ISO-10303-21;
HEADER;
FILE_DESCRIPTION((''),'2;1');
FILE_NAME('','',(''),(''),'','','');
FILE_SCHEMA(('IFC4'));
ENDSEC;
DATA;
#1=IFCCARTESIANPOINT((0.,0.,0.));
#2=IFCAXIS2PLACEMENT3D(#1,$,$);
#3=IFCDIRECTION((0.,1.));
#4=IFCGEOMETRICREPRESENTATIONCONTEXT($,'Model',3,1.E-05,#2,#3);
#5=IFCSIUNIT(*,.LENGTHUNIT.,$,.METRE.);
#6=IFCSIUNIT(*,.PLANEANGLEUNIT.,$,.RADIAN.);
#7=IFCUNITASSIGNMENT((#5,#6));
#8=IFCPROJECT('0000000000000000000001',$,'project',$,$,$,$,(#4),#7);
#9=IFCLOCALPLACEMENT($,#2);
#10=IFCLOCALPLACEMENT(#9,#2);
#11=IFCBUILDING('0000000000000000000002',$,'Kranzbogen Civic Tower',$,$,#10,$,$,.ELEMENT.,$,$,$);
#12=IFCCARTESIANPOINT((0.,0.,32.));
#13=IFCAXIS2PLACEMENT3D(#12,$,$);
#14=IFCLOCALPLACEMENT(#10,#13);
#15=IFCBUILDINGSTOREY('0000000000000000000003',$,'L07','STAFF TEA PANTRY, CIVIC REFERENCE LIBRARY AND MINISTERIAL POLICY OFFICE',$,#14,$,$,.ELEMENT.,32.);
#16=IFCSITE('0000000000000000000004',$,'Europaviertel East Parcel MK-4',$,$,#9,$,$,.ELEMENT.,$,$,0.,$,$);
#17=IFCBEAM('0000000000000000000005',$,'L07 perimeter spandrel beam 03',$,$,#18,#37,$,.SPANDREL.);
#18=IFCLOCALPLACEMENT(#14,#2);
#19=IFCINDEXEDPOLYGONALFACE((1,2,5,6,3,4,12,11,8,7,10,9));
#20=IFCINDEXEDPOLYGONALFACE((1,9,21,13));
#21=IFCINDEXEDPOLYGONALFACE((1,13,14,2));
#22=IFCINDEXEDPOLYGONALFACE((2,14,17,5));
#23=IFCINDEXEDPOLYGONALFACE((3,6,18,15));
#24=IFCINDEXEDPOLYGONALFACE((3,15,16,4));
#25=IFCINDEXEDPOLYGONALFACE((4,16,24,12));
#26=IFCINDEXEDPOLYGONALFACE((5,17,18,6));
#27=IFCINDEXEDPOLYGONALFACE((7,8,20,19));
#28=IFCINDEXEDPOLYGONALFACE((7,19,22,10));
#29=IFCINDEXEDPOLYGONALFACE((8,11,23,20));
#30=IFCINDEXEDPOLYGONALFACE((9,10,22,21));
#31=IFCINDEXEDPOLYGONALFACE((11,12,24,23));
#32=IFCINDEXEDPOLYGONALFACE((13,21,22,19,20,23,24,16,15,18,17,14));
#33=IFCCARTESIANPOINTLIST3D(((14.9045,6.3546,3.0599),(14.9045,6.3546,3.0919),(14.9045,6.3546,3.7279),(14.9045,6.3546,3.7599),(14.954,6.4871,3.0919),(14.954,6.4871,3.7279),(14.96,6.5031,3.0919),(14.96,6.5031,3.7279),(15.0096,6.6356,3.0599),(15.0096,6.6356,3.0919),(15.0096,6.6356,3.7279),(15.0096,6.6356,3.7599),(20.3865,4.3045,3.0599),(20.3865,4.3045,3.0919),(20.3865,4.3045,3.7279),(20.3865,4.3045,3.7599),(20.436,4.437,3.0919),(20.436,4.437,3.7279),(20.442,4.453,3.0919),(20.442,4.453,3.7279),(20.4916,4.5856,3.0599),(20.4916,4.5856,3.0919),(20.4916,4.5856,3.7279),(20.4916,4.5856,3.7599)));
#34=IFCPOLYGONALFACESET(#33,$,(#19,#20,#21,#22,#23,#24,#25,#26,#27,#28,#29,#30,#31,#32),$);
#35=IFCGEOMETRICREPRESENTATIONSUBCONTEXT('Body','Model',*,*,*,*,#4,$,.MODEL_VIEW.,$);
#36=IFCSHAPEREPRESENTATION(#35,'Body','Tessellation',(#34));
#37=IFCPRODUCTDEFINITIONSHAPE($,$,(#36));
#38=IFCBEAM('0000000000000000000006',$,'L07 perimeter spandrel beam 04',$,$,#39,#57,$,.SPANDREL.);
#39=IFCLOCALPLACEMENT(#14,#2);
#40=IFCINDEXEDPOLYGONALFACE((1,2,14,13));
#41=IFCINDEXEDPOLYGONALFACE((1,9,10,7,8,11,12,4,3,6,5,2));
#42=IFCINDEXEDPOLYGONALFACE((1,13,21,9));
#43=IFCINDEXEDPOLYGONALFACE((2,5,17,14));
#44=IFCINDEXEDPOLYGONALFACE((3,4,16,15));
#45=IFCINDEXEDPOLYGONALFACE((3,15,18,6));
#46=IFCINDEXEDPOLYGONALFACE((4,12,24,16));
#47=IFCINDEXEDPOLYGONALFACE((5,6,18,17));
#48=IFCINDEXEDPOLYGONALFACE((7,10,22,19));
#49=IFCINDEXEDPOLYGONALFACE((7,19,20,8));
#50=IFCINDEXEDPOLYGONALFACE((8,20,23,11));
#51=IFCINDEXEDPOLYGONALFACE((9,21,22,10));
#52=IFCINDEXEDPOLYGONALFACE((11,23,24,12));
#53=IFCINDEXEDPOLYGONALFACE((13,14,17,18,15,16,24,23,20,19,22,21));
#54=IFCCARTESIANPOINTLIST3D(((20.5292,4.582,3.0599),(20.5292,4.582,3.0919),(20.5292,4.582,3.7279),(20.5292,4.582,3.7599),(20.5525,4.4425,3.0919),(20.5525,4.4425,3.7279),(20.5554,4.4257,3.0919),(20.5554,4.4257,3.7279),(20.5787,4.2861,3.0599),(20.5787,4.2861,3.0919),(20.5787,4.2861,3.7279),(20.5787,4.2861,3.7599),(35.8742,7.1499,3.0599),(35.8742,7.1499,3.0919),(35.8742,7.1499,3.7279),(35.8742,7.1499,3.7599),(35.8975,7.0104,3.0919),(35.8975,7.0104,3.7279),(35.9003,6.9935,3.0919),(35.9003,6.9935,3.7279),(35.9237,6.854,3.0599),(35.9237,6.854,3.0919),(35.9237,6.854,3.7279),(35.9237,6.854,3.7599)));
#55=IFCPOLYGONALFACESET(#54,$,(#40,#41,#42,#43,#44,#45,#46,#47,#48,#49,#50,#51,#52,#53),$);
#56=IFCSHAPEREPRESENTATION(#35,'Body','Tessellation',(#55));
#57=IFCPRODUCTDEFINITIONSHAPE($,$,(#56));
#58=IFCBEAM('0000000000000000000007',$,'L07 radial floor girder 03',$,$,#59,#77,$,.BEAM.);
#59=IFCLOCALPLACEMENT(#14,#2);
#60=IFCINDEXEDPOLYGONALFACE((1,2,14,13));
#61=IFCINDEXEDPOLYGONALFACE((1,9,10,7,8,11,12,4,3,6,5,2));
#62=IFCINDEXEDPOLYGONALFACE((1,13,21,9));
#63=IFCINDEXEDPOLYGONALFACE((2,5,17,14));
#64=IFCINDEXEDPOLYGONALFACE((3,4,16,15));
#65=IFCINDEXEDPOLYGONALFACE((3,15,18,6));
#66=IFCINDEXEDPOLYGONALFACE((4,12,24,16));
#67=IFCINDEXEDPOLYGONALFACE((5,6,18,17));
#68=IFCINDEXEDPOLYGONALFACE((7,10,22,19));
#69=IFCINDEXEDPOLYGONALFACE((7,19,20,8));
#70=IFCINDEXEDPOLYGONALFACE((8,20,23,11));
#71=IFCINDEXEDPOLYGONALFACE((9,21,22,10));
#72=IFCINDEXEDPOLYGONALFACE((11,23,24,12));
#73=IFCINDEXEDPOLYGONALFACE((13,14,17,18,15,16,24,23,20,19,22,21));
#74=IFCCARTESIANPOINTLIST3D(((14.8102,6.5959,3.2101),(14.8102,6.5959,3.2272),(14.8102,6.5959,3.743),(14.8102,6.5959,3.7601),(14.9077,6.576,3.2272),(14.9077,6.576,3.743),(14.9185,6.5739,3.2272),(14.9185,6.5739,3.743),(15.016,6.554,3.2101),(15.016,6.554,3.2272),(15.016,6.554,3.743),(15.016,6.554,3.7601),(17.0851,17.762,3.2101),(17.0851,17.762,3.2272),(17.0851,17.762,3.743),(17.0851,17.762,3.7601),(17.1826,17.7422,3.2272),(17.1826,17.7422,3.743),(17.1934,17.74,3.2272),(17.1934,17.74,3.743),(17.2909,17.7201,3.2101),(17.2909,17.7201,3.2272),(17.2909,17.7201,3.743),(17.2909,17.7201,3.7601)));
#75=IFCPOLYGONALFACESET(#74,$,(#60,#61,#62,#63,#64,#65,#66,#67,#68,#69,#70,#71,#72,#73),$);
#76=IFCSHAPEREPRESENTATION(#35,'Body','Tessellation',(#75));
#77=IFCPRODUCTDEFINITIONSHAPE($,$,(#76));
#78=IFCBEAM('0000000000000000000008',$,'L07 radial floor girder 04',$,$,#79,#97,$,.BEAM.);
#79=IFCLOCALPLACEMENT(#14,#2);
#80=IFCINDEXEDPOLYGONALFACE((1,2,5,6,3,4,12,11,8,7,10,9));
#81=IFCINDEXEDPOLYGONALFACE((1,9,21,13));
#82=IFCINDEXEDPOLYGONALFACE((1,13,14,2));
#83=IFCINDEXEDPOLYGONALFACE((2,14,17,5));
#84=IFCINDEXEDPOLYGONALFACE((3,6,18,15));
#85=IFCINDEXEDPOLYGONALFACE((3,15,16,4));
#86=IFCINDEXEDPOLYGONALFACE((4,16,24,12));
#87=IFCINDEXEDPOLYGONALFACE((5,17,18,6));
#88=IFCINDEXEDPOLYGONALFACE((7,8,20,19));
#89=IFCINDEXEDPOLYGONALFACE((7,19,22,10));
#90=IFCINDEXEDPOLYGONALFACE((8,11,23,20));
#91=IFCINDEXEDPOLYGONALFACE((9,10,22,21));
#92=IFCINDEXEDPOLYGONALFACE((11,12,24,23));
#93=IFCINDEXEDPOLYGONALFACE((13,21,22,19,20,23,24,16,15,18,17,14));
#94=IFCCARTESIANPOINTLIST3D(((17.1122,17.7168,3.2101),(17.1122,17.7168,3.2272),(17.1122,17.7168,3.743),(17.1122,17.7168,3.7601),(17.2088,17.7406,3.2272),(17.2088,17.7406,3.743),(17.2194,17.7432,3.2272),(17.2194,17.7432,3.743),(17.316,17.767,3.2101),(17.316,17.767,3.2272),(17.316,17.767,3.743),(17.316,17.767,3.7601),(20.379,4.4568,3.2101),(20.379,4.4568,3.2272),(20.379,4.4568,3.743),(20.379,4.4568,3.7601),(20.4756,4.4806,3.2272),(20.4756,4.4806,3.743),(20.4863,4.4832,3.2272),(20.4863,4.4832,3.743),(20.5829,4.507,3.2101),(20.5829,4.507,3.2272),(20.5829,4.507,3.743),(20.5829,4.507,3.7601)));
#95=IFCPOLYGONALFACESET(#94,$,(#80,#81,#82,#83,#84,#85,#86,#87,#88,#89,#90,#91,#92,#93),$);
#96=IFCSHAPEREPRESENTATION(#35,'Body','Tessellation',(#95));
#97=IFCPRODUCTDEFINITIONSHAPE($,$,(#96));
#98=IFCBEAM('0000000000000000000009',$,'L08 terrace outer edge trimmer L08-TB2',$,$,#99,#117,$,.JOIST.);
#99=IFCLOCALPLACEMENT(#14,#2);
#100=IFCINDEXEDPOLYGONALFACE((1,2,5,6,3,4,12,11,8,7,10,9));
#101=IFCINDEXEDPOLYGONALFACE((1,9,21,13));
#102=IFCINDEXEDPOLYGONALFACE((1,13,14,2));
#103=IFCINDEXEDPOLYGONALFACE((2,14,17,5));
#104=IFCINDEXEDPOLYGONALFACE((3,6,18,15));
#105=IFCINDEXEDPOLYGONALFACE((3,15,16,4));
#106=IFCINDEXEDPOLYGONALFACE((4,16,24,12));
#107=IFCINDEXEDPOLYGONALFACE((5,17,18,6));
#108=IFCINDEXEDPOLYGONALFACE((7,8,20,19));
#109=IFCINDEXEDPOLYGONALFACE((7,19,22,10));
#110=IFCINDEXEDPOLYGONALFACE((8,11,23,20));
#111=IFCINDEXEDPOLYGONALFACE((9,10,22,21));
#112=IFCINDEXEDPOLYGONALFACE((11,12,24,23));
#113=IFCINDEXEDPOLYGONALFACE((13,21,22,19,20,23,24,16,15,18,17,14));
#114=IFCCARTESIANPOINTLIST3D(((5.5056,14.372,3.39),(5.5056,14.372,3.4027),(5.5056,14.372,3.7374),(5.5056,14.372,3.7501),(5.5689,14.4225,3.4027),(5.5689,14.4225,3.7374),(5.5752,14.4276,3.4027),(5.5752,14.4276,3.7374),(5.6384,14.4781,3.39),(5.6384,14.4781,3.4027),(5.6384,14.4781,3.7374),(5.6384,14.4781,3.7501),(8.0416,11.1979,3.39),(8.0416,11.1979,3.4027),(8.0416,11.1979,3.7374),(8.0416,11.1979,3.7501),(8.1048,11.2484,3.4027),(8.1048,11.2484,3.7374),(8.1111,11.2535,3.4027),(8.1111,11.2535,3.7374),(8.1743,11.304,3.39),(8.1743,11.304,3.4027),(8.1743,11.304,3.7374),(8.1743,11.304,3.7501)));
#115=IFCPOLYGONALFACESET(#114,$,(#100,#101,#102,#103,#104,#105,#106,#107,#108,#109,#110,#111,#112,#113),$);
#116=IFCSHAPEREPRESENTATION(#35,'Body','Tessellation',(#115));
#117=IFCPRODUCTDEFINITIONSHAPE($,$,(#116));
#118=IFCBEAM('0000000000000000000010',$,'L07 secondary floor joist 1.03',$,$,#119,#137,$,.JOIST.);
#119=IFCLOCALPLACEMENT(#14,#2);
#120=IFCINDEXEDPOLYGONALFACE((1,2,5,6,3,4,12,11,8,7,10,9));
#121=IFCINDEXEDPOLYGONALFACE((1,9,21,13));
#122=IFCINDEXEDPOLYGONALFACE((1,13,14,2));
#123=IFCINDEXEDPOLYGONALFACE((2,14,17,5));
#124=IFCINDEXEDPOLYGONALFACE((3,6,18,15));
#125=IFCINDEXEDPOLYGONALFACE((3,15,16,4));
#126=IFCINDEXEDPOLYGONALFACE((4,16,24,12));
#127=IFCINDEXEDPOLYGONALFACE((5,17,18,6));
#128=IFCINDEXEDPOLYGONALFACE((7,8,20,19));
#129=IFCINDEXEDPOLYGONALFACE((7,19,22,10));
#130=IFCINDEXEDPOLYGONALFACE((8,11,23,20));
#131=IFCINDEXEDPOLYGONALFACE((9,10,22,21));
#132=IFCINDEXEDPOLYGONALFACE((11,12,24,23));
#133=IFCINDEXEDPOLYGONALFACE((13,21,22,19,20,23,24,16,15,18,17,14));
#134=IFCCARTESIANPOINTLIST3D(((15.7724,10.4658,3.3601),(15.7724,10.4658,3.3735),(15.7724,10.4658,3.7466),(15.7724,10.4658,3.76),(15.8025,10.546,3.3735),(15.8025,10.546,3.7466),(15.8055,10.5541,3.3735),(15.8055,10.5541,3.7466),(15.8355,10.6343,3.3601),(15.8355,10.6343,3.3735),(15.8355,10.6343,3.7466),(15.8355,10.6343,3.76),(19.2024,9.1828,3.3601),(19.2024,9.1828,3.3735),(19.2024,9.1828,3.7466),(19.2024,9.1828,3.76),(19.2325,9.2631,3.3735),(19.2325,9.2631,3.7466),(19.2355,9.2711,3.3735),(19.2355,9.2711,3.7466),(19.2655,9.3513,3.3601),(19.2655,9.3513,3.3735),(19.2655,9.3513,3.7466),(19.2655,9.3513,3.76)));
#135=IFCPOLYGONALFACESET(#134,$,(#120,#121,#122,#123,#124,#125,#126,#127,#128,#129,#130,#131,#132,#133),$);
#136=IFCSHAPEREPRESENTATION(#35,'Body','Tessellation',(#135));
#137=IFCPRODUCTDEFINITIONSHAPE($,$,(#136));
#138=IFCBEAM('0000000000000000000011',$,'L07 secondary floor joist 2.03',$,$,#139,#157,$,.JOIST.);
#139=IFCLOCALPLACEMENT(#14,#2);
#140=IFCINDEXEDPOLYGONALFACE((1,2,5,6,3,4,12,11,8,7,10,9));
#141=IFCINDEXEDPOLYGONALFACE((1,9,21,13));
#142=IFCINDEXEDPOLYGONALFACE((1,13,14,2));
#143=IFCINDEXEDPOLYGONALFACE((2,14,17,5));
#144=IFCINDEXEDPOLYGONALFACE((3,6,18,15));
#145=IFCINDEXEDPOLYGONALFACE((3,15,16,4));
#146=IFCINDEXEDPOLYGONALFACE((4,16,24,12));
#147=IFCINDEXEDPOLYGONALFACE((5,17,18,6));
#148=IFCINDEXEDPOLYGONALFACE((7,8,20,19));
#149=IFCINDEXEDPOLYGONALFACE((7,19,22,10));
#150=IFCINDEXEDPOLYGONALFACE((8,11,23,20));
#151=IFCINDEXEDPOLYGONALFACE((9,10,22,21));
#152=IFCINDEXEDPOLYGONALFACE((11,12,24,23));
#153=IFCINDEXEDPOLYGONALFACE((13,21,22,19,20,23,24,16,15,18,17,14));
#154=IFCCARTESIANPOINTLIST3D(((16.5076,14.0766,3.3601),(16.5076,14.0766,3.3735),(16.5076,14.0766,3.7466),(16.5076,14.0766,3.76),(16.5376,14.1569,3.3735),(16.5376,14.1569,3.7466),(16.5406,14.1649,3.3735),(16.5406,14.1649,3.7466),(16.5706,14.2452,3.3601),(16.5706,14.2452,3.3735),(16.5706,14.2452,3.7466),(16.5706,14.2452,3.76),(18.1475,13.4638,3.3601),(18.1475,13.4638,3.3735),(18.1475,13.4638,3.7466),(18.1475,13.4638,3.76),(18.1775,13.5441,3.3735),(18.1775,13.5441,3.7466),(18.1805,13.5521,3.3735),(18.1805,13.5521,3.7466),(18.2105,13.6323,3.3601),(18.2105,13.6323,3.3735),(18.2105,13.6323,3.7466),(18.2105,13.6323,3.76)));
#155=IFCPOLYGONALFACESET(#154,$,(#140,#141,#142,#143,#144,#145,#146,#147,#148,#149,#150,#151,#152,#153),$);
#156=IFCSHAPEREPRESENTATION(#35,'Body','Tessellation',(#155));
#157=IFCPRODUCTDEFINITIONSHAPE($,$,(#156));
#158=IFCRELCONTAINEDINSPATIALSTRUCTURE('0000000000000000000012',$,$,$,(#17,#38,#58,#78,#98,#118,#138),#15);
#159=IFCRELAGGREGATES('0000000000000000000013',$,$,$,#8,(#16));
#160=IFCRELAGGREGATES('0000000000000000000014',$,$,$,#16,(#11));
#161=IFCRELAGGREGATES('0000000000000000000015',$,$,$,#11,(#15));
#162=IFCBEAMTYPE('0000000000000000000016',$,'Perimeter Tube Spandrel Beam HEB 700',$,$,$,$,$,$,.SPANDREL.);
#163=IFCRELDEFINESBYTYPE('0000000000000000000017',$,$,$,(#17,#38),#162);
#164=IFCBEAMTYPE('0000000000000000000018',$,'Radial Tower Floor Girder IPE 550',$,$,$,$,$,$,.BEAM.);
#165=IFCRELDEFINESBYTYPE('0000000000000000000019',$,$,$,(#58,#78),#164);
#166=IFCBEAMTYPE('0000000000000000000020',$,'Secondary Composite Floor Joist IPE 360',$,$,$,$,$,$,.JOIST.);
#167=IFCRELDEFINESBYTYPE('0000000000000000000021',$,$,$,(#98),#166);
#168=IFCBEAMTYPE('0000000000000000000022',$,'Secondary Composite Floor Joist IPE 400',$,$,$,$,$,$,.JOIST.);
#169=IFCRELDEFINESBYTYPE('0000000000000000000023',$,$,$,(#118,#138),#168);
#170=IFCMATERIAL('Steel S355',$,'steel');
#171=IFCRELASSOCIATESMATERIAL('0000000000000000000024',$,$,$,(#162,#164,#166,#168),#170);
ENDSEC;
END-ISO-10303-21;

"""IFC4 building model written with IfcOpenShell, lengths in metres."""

from ifc_helpers import new_model, si_unit, direction, frame, origin, origin_2d, place, context, subcontext, project, spatial, i_section, extrude, material, material_profile, profile_set, type_object, element, save


model = new_model("IFC4")

# Units and contexts
model_context = context("Model", 3, precision=1e-05, world=origin(), true_north=direction((0.0, 1.0)))
body_context = subcontext(model_context, "Body", "Model", "MODEL_VIEW")
ifc_project = project(units=[si_unit("LENGTHUNIT", "METRE"), si_unit("PLANEANGLEUNIT", "RADIAN")], contexts=[model_context])

# Site, building, storey
site_placement = place(None, origin())
site = spatial("IfcSite", under=ifc_project, at=site_placement, Name="Europaviertel East Parcel MK-4", CompositionType="ELEMENT", RefElevation=0.0)
building_placement = place(site_placement, origin())
building = spatial("IfcBuilding", under=site, at=building_placement, Name="Kranzbogen Civic Tower", CompositionType="ELEMENT")
storey_placement = place(building_placement, frame((0.0, 0.0, 32.0)))
storey = spatial("IfcBuildingStorey", under=building, at=storey_placement, Name="L07", Description="STAFF TEA PANTRY, CIVIC REFERENCE LIBRARY AND MINISTERIAL POLICY OFFICE", CompositionType="ELEMENT", Elevation=32.0)

# Shared definitions
ifc_material_1 = material(Name="Steel S355", Category="steel")

# Beams
ifc_material_profile_1 = material_profile(ifc_material_1, i_section(OverallWidth=0.3, OverallDepth=0.7, WebThickness=0.0171, FlangeThickness=0.032, at=origin_2d()), Name="HEB 700")
ifc_profile_set_1 = profile_set([ifc_material_profile_1], Name="Steel S355")
beam_type_1 = type_object("IfcBeamType", Name="Perimeter Tube Spandrel Beam HEB 700", PredefinedType="SPANDREL", material=ifc_profile_set_1)
beam_1_placement = place(storey_placement, frame((14.957, 6.4951, 3.4099), z_axis=(0.936648, -0.350273, 0.0), x_axis=(0.350273, 0.936648, 0.0)))
element("IfcBeam", 1, at=beam_1_placement, inside=storey, type_object=beam_type_1, Name="L07 perimeter spandrel beam 03", PredefinedType="SPANDREL", context=body_context, shape_type="SweptSolid", body=[
    extrude(i_section(OverallWidth=0.3, OverallDepth=0.7, WebThickness=0.0171, FlangeThickness=0.032, at=origin_2d()), origin(), (0.0, 0.0, 1.0), 5.8528),
])
beam_2_placement = place(storey_placement, frame((20.554, 4.4341, 3.4099), z_axis=(0.986286, 0.165048, 0.0), x_axis=(-0.165048, 0.986286, 0.0)))
element("IfcBeam", 2, at=beam_2_placement, inside=storey, type_object=beam_type_1, Name="L07 perimeter spandrel beam 04", PredefinedType="SPANDREL", context=body_context, shape_type="SweptSolid", body=[
    extrude(i_section(OverallWidth=0.3, OverallDepth=0.7, WebThickness=0.0171, FlangeThickness=0.032, at=origin_2d()), origin(), (0.0, 0.0, 1.0), 15.5583),
])
ifc_material_profile_2 = material_profile(ifc_material_1, i_section(OverallWidth=0.21, OverallDepth=0.55, WebThickness=0.011, FlangeThickness=0.0171, at=origin_2d()), Name="IPE 550")
ifc_profile_set_2 = profile_set([ifc_material_profile_2], Name="Steel S355")
beam_type_2 = type_object("IfcBeamType", Name="Radial Tower Floor Girder IPE 550", PredefinedType="BEAM", material=ifc_profile_set_2)
beam_3_placement = place(storey_placement, frame((14.9131, 6.575, 3.4851), z_axis=(0.199633, 0.979871, 0.0), x_axis=(-0.979871, 0.199633, 0.0)))
element("IfcBeam", 3, at=beam_3_placement, inside=storey, type_object=beam_type_2, Name="L07 radial floor girder 03", PredefinedType="BEAM", context=body_context, shape_type="SweptSolid", body=[
    extrude(i_section(OverallWidth=0.21, OverallDepth=0.55, WebThickness=0.011, FlangeThickness=0.0171, at=origin_2d()), origin(), (0.0, 0.0, 1.0), 11.3955),
])
beam_4_placement = place(storey_placement, frame((20.481, 4.4819, 3.4851), z_axis=(-0.239215, 0.970967, 0.0), x_axis=(-0.970967, -0.239215, 0.0)))
element("IfcBeam", 4, at=beam_4_placement, inside=storey, type_object=beam_type_2, Name="L07 radial floor girder 04", PredefinedType="BEAM", context=body_context, shape_type="SweptSolid", body=[
    extrude(i_section(OverallWidth=0.21, OverallDepth=0.55, WebThickness=0.011, FlangeThickness=0.0171, at=origin_2d()), origin(), (0.0, 0.0, 1.0), 13.6565),
])
ifc_material_profile_3 = material_profile(ifc_material_1, i_section(OverallWidth=0.1699, OverallDepth=0.3601, WebThickness=0.0081, FlangeThickness=0.0127, at=origin_2d()), Name="IPE 360")
ifc_profile_set_3 = profile_set([ifc_material_profile_3], Name="Steel S355")
beam_type_3 = type_object("IfcBeamType", Name="Secondary Composite Floor Joist IPE 360", PredefinedType="JOIST", material=ifc_profile_set_3)
beam_5_placement = place(storey_placement, frame((5.572, 14.425, 3.5701), z_axis=(0.624189, -0.781273, 0.0), x_axis=(0.781273, 0.624189, 0.0)))
element("IfcBeam", 5, at=beam_5_placement, inside=storey, type_object=beam_type_3, Name="L08 terrace outer edge trimmer L08-TB2", PredefinedType="JOIST", context=body_context, shape_type="SweptSolid", body=[
    extrude(i_section(OverallWidth=0.1699, OverallDepth=0.3601, WebThickness=0.0081, FlangeThickness=0.0127, at=origin_2d()), origin(), (0.0, 0.0, 1.0), 4.0627),
])
ifc_material_profile_4 = material_profile(ifc_material_1, i_section(OverallWidth=0.1799, OverallDepth=0.3999, WebThickness=0.0085, FlangeThickness=0.0134, at=origin_2d()), Name="IPE 400")
ifc_profile_set_4 = profile_set([ifc_material_profile_4], Name="Steel S355")
beam_type_4 = type_object("IfcBeamType", Name="Secondary Composite Floor Joist IPE 400", PredefinedType="JOIST", material=ifc_profile_set_4)
beam_6_placement = place(storey_placement, frame((15.804, 10.55, 3.5601), z_axis=(0.936622, -0.350342, 0.0), x_axis=(0.350342, 0.936622, 0.0)))
element("IfcBeam", 6, at=beam_6_placement, inside=storey, type_object=beam_type_4, Name="L07 secondary floor joist 1.03", PredefinedType="JOIST", context=body_context, shape_type="SweptSolid", body=[
    extrude(i_section(OverallWidth=0.1799, OverallDepth=0.3999, WebThickness=0.0085, FlangeThickness=0.0134, at=origin_2d()), origin(), (0.0, 0.0, 1.0), 3.6621),
])
beam_7_placement = place(storey_placement, frame((16.5391, 14.1609, 3.5601), z_axis=(0.936735, -0.350038, 0.0), x_axis=(0.350038, 0.936735, 0.0)))
element("IfcBeam", 7, at=beam_7_placement, inside=storey, type_object=beam_type_4, Name="L07 secondary floor joist 2.03", PredefinedType="JOIST", context=body_context, shape_type="SweptSolid", body=[
    extrude(i_section(OverallWidth=0.1799, OverallDepth=0.3999, WebThickness=0.0085, FlangeThickness=0.0134, at=origin_2d()), origin(), (0.0, 0.0, 1.0), 1.7507),
])

save(model, "model.ifc")
